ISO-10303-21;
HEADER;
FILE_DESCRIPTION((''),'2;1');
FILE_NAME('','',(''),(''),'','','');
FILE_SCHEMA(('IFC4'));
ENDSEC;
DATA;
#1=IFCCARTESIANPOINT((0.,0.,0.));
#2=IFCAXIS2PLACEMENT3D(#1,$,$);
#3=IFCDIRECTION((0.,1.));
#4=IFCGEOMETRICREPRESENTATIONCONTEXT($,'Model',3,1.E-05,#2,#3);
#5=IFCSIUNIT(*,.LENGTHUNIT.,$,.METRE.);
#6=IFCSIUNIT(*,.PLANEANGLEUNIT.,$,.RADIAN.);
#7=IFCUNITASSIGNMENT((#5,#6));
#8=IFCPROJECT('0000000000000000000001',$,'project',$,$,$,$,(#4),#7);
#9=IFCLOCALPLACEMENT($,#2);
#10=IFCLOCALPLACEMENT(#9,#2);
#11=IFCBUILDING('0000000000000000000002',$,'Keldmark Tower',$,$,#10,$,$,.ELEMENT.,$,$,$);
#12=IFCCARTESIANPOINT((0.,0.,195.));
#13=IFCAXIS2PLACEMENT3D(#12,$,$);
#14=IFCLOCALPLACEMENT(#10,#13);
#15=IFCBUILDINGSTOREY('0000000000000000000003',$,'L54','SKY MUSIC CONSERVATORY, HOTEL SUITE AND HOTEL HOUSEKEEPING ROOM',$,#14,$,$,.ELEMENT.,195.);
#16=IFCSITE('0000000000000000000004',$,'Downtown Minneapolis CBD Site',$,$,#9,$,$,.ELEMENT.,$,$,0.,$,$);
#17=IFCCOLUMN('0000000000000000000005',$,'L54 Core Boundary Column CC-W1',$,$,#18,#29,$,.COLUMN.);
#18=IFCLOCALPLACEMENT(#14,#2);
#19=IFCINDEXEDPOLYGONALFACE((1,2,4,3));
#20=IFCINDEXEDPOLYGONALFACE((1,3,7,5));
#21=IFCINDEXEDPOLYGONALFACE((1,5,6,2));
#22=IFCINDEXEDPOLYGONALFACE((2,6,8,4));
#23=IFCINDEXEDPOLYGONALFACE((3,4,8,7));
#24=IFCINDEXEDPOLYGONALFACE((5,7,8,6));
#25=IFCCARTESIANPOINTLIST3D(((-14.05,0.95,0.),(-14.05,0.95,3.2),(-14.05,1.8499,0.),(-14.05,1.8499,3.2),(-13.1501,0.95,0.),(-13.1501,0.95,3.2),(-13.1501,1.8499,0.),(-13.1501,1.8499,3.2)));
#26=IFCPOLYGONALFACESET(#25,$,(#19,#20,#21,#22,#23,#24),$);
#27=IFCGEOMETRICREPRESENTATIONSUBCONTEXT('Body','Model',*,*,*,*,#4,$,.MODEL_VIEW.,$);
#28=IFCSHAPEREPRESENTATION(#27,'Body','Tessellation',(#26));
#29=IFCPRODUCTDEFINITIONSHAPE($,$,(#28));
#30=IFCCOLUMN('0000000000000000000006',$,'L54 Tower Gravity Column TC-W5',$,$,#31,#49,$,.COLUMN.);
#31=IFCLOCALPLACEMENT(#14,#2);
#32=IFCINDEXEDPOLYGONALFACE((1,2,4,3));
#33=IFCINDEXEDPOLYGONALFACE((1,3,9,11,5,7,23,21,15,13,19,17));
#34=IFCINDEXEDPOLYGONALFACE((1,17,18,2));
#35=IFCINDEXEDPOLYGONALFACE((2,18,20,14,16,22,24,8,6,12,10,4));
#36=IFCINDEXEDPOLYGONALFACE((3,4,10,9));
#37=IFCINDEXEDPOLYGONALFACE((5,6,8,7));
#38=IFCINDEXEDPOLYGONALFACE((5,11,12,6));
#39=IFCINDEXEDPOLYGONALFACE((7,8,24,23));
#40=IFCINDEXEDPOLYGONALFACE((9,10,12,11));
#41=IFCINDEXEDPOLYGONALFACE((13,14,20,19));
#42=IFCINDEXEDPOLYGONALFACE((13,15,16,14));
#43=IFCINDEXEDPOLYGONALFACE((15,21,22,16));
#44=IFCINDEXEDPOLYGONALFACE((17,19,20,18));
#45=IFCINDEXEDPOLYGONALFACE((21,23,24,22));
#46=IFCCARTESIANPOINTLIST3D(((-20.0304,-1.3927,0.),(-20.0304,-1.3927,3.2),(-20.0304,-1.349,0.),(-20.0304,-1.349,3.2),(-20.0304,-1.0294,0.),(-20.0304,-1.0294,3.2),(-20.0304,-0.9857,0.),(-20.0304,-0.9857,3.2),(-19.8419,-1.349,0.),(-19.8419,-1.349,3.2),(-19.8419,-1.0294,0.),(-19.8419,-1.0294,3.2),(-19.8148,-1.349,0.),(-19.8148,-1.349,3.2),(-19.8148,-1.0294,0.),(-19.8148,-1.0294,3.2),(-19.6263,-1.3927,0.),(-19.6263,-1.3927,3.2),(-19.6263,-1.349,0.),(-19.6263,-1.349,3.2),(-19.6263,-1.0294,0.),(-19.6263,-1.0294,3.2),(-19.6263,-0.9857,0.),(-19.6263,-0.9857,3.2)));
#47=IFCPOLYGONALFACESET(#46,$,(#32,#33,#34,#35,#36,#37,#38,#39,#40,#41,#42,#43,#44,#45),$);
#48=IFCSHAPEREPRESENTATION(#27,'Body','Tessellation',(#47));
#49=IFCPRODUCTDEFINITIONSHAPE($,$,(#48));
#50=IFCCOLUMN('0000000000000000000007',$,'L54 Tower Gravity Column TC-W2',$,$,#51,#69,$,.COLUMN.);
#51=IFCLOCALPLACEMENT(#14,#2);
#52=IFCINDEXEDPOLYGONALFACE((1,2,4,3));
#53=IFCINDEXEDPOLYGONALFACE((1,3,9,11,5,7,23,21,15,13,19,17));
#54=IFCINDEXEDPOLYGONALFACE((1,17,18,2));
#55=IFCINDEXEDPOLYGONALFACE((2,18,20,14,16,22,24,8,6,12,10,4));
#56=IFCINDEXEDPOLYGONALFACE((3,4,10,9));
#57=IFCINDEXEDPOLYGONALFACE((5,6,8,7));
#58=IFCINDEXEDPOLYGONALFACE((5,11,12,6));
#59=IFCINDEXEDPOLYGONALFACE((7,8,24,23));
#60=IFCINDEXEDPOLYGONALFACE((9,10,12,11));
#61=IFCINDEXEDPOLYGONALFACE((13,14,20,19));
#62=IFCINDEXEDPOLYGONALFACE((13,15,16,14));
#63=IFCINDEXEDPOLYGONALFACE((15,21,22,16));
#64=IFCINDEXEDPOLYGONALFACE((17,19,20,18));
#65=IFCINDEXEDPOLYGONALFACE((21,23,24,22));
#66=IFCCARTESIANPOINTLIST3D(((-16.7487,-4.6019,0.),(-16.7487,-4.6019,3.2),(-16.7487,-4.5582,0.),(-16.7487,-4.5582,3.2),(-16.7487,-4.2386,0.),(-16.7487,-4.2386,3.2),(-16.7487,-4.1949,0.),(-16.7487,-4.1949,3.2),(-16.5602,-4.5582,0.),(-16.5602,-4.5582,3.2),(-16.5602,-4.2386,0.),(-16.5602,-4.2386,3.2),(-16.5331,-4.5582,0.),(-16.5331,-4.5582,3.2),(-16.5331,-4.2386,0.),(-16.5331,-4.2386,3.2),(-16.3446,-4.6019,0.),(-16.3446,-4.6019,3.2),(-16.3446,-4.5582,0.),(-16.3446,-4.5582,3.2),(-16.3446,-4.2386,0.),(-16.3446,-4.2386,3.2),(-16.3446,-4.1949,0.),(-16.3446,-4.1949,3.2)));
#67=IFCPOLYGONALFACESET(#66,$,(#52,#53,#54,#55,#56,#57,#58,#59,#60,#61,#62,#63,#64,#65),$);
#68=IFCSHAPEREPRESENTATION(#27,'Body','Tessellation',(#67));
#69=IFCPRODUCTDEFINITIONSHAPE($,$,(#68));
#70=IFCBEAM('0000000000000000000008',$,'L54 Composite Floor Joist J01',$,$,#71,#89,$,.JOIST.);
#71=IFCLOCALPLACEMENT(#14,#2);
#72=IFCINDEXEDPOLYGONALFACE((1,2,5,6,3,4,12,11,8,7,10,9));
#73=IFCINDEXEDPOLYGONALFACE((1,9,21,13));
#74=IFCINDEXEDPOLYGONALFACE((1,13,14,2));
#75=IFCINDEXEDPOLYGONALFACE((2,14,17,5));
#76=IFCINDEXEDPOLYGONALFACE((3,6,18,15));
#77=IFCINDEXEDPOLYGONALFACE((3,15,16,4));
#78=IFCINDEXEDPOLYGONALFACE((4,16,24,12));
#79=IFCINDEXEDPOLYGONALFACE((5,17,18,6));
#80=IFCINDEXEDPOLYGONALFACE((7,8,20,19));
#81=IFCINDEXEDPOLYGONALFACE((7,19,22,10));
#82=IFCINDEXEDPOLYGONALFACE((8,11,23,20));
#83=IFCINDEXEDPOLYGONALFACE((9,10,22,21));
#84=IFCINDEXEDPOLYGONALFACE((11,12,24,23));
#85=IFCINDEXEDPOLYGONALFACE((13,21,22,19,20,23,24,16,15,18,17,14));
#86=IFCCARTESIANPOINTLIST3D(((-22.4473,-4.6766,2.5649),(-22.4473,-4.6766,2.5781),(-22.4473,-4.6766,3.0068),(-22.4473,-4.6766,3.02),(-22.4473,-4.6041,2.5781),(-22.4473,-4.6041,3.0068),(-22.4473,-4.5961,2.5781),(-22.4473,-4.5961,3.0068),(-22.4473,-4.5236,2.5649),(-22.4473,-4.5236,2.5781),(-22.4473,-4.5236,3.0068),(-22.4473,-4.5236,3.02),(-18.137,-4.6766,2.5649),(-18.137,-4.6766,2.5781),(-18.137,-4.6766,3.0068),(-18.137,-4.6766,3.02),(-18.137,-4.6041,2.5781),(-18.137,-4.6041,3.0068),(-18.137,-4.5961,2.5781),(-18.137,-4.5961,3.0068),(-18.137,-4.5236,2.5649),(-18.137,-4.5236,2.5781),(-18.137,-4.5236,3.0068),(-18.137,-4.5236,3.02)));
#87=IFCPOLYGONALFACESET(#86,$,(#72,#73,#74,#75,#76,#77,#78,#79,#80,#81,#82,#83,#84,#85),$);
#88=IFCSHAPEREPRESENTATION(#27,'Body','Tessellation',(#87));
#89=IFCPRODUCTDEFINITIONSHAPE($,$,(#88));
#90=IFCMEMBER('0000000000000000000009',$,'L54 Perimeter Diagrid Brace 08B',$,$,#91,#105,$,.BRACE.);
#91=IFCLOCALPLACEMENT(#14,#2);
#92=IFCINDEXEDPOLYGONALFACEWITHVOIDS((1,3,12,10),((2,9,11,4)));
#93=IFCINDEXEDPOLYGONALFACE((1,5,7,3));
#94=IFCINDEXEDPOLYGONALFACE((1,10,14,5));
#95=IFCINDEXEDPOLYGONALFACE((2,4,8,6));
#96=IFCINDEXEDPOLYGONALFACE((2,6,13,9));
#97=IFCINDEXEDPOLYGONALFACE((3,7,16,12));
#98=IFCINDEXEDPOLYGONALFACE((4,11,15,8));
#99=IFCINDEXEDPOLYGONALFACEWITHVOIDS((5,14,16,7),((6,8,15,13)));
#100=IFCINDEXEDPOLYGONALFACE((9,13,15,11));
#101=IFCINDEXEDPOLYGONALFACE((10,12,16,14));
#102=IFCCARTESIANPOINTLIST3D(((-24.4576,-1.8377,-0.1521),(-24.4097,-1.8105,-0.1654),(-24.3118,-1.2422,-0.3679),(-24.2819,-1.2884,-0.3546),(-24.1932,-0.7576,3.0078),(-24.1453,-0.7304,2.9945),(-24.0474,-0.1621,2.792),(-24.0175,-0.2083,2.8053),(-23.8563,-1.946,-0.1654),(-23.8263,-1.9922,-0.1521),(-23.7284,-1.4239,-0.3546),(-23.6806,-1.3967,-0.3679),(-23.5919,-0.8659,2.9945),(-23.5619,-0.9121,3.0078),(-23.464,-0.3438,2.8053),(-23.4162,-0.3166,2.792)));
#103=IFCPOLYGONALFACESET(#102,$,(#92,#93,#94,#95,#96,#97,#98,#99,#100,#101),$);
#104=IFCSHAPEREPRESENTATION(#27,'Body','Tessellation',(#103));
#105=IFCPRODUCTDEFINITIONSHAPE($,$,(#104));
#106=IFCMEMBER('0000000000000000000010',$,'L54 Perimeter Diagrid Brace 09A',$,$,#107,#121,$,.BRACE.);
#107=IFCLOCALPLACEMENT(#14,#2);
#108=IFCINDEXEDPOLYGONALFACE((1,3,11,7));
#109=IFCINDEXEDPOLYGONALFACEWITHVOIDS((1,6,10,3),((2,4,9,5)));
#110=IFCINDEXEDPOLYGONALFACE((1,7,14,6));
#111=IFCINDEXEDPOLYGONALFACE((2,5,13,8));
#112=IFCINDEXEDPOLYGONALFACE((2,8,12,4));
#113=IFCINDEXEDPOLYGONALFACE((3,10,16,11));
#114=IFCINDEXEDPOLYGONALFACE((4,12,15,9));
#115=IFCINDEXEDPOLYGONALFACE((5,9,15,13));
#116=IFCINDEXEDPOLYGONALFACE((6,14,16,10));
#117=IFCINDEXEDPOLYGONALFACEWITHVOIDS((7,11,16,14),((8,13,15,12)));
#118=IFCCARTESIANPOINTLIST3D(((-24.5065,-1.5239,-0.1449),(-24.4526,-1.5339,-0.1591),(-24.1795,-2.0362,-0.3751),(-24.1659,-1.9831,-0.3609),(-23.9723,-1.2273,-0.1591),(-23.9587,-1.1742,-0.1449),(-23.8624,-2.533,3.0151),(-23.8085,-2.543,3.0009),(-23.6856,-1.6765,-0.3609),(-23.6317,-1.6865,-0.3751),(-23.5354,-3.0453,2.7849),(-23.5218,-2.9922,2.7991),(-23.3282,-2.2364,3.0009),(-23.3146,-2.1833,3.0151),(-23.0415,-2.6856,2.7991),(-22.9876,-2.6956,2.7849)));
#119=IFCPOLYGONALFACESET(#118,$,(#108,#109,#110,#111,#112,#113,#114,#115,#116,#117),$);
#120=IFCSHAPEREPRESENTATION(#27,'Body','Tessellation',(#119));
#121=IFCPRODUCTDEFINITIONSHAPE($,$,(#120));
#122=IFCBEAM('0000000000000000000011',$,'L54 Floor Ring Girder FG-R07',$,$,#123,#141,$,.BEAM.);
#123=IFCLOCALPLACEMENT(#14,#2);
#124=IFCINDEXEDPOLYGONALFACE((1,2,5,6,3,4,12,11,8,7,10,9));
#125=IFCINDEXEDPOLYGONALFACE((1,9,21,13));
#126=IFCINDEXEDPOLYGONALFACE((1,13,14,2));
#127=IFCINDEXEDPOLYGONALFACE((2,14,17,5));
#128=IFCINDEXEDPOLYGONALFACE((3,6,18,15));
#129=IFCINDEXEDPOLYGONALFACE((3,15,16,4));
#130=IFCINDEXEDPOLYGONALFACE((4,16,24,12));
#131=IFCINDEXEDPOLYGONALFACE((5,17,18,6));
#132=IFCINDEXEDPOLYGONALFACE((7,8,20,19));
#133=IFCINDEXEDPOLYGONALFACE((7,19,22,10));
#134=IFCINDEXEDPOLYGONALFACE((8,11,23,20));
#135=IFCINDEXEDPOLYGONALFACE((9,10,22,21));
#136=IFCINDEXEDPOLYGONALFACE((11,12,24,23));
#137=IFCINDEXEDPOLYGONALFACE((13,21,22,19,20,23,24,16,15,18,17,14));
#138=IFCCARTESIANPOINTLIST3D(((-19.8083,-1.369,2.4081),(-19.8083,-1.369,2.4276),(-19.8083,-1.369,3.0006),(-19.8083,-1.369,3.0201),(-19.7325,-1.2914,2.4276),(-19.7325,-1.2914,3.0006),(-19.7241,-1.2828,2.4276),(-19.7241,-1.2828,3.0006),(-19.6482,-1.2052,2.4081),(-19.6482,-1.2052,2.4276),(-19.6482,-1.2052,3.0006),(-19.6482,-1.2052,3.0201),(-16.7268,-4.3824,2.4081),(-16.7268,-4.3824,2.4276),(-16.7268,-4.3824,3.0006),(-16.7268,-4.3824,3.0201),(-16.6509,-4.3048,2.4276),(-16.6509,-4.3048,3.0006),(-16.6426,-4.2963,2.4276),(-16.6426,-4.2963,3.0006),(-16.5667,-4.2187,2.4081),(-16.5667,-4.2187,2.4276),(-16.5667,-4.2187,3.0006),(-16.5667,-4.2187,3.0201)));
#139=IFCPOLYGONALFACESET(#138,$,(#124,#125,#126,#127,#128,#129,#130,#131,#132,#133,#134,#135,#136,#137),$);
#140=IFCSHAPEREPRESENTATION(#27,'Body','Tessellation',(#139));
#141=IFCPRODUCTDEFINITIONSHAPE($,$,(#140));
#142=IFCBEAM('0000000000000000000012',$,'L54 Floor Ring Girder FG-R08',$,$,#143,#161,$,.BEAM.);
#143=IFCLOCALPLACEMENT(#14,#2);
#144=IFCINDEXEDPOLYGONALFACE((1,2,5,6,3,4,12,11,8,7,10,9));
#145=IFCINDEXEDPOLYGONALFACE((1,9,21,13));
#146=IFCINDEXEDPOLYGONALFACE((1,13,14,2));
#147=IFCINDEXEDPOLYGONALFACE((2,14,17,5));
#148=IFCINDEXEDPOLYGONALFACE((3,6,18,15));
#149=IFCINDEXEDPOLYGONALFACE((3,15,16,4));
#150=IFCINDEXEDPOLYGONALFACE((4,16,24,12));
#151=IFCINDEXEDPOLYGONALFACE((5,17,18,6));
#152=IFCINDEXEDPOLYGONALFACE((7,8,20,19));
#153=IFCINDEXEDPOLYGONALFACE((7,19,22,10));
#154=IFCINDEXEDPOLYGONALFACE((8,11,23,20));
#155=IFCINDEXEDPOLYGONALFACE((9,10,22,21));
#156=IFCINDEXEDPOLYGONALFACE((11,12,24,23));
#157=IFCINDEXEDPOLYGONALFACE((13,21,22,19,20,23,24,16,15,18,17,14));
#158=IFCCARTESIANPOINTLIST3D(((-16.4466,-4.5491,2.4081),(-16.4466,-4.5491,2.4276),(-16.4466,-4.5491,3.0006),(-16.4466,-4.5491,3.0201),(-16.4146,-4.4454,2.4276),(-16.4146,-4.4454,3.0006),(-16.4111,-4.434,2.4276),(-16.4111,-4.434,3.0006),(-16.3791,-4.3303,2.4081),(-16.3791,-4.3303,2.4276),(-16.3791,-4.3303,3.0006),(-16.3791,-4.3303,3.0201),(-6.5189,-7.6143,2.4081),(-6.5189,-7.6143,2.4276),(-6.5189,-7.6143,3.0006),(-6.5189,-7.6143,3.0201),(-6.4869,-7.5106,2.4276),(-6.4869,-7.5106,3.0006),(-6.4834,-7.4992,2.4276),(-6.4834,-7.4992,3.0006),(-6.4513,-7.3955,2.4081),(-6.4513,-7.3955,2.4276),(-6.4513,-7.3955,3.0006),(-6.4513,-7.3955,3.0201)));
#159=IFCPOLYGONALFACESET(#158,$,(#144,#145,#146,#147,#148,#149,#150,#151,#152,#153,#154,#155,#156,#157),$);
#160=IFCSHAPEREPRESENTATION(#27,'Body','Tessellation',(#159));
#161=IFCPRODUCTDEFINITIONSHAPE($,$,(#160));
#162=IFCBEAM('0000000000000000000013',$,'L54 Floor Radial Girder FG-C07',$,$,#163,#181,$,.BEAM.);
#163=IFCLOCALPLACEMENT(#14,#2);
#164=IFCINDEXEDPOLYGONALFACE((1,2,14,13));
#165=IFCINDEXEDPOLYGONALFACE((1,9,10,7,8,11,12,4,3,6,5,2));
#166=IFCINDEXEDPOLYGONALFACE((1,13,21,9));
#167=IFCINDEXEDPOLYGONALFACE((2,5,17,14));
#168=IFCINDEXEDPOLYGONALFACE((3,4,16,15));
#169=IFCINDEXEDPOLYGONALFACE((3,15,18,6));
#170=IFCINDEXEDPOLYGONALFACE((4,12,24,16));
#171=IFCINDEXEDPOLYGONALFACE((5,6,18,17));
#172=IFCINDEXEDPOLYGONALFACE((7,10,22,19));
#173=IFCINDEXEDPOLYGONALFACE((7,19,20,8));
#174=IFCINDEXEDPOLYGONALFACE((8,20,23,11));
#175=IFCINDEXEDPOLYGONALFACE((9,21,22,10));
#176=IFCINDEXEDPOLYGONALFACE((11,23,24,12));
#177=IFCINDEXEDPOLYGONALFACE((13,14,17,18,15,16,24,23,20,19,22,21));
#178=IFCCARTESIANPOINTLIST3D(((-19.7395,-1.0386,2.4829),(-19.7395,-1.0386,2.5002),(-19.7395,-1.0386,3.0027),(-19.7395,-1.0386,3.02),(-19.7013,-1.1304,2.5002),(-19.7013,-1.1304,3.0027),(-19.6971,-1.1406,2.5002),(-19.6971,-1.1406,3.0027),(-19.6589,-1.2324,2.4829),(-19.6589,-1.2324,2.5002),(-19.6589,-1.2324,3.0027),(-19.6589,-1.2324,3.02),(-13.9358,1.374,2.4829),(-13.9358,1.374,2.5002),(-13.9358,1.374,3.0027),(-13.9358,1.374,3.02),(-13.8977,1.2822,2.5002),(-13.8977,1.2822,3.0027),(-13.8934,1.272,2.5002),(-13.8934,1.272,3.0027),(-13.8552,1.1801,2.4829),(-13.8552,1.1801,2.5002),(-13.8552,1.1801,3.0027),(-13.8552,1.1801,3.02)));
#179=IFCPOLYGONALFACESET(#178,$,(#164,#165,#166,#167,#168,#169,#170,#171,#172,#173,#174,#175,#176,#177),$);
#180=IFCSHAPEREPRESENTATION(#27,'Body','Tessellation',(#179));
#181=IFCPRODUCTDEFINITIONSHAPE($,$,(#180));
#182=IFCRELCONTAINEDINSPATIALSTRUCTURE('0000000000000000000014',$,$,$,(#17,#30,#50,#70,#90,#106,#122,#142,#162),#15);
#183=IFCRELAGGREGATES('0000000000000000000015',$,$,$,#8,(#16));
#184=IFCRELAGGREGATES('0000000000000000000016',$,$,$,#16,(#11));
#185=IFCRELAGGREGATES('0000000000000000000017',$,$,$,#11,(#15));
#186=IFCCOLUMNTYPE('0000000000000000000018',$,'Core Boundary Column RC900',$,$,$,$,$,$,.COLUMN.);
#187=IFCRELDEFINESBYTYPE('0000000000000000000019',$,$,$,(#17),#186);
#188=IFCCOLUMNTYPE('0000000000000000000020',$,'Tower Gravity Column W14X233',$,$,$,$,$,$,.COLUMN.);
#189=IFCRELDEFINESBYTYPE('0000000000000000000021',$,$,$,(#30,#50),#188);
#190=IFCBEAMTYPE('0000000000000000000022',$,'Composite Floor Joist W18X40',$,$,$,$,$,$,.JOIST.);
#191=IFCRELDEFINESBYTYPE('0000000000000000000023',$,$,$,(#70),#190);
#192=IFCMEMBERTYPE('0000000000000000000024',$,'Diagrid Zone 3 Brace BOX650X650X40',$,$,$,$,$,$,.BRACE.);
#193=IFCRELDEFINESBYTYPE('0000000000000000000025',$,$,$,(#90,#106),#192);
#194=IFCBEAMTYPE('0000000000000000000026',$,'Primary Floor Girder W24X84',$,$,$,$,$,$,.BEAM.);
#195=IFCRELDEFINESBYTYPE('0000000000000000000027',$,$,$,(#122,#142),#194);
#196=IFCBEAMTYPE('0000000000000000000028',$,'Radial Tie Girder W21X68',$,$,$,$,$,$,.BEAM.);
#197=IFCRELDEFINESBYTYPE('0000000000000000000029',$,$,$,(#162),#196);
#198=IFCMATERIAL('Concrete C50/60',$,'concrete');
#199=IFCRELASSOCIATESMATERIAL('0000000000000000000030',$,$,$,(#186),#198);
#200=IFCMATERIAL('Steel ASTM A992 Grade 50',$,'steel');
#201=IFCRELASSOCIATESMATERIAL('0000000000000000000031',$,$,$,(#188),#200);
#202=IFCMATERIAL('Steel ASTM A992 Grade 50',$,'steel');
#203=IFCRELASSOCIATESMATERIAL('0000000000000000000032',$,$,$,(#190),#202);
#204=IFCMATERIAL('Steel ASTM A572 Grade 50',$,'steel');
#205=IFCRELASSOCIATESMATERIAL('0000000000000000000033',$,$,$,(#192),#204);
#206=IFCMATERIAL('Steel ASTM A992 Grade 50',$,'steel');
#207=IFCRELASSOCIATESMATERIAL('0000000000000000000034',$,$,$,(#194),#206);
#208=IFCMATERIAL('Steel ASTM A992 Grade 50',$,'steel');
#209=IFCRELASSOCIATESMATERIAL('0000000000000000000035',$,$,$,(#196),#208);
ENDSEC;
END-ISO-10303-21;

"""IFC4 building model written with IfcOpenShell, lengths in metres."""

from ifc_helpers import new_model, si_unit, direction, frame, origin, origin_2d, place, context, subcontext, project, spatial, rectangle, hollow_rectangle, i_section, extrude, material, material_profile, profile_set, type_object, element, save


model = new_model("IFC4")

# Units and contexts
model_context = context("Model", 3, precision=1e-05, world=origin(), true_north=direction((0.0, 1.0)))
body_context = subcontext(model_context, "Body", "Model", "MODEL_VIEW")
ifc_project = project(units=[si_unit("LENGTHUNIT", "METRE"), si_unit("PLANEANGLEUNIT", "RADIAN")], contexts=[model_context])

# Site, building, storey
site_placement = place(None, origin())
site = spatial("IfcSite", under=ifc_project, at=site_placement, Name="Downtown Minneapolis CBD Site", CompositionType="ELEMENT", RefElevation=0.0)
building_placement = place(site_placement, origin())
building = spatial("IfcBuilding", under=site, at=building_placement, Name="Keldmark Tower", CompositionType="ELEMENT")
storey_placement = place(building_placement, frame((0.0, 0.0, 195.0)))
storey = spatial("IfcBuildingStorey", under=building, at=storey_placement, Name="L54", Description="SKY MUSIC CONSERVATORY, HOTEL SUITE AND HOTEL HOUSEKEEPING ROOM", CompositionType="ELEMENT", Elevation=195.0)

# Columns
ifc_material_1 = material(Name="Concrete C50/60", Category="concrete")
ifc_material_profile_1 = material_profile(ifc_material_1, rectangle(XDim=0.8999, YDim=0.8999, at=origin_2d()), Name="RC900X900")
ifc_profile_set_1 = profile_set([ifc_material_profile_1], Name="Concrete C50/60")
column_type_1 = type_object("IfcColumnType", Name="Core Boundary Column RC900", PredefinedType="COLUMN", material=ifc_profile_set_1)
column_placement = place(storey_placement, frame((-13.6001, 1.3999, 0.0), z_axis=(0.0, 0.0, 1.0), x_axis=(1.0, 0.0, 0.0)))
element("IfcColumn", 1, at=column_placement, inside=storey, type_object=column_type_1, Name="L54 Core Boundary Column CC-W1", PredefinedType="COLUMN", context=body_context, shape_type="SweptSolid", body=[
    extrude(rectangle(XDim=0.8999, YDim=0.8999, at=origin_2d()), origin(), (0.0, 0.0, 1.0), 3.2),
])
ifc_material_2 = material(Name="Steel ASTM A992 Grade 50", Category="steel")
ifc_material_profile_2 = material_profile(ifc_material_2, i_section(OverallWidth=0.4041, OverallDepth=0.407, WebThickness=0.0271, FlangeThickness=0.0437, at=origin_2d()), Name="W14X233")
ifc_profile_set_2 = profile_set([ifc_material_profile_2], Name="Steel ASTM A992 Grade 50")
column_type_2 = type_object("IfcColumnType", Name="Tower Gravity Column W14X233", PredefinedType="COLUMN", material=ifc_profile_set_2)
for number, where, z_axis, x_axis, name in (
    (2, (-19.8284, -1.1892, 0.0), (0.0, 0.0, 1.0), (1.0, 0.0, 0.0), "L54 Tower Gravity Column TC-W5"),
    (3, (-16.5466, -4.3984, 0.0), (0.0, 0.0, 1.0), (1.0, 0.0, 0.0), "L54 Tower Gravity Column TC-W2"),
):
    element("IfcColumn", number, at=place(storey_placement, frame(where, z_axis=z_axis, x_axis=x_axis)), inside=storey, type_object=column_type_2, Name=name, PredefinedType="COLUMN", context=body_context, shape_type="SweptSolid", body=[
        extrude(i_section(OverallWidth=0.4041, OverallDepth=0.407, WebThickness=0.0271, FlangeThickness=0.0437, at=origin_2d()), origin(), (0.0, 0.0, 1.0), 3.2),
    ])

# Beam
ifc_material_3 = material(Name="Steel ASTM A992 Grade 50", Category="steel")
ifc_material_profile_3 = material_profile(ifc_material_3, i_section(OverallWidth=0.1531, OverallDepth=0.4551, WebThickness=0.0081, FlangeThickness=0.0132, at=origin_2d()), Name="W18X40")
ifc_profile_set_3 = profile_set([ifc_material_profile_3], Name="Steel ASTM A992 Grade 50")
beam_type_1 = type_object("IfcBeamType", Name="Composite Floor Joist W18X40", PredefinedType="JOIST", material=ifc_profile_set_3)
beam_1_placement = place(storey_placement, frame((-22.4473, -4.6001, 2.7925), z_axis=(1.0, 0.0, 0.0), x_axis=(0.0, 1.0, 0.0)))
element("IfcBeam", 4, at=beam_1_placement, inside=storey, type_object=beam_type_1, Name="L54 Composite Floor Joist J01", PredefinedType="JOIST", context=body_context, shape_type="SweptSolid", body=[
    extrude(i_section(OverallWidth=0.1531, OverallDepth=0.4551, WebThickness=0.0081, FlangeThickness=0.0132, at=origin_2d()), origin(), (0.0, 0.0, 1.0), 4.3103),
])

# Members
ifc_material_4 = material(Name="Steel ASTM A572 Grade 50", Category="steel")
ifc_material_profile_4 = material_profile(ifc_material_4, hollow_rectangle(XDim=0.6499, YDim=0.6499, WallThickness=0.04, at=origin_2d()), Name="BOX650X650X40")
ifc_profile_set_4 = profile_set([ifc_material_profile_4], Name="Steel ASTM A572 Grade 50")
member_type = type_object("IfcMemberType", Name="Diagrid Zone 3 Brace BOX650X650X40", PredefinedType="BRACE", material=ifc_profile_set_4)
member_1_placement = place(storey_placement, frame((-24.0691, -1.6172, -0.26), z_axis=(0.07893, 0.322425, 0.943298), x_axis=(-0.971319, 0.23778, 0.0)))
element("IfcMember", 5, at=member_1_placement, inside=storey, type_object=member_type, Name="L54 Perimeter Diagrid Brace 08B", PredefinedType="BRACE", context=body_context, shape_type="SweptSolid", body=[
    extrude(hollow_rectangle(XDim=0.6499, YDim=0.6499, WallThickness=0.04, at=origin_2d()), origin(), (0.0, 0.0, 1.0), 3.3499),
])
member_2_placement = place(storey_placement, frame((-24.0691, -1.6052, -0.26), z_axis=(0.190599, -0.298614, 0.935148), x_axis=(0.84293, 0.538023, 0.0)))
element("IfcMember", 6, at=member_2_placement, inside=storey, type_object=member_type, Name="L54 Perimeter Diagrid Brace 09A", PredefinedType="BRACE", context=body_context, shape_type="SweptSolid", body=[
    extrude(hollow_rectangle(XDim=0.6499, YDim=0.6499, WallThickness=0.04, at=origin_2d()), origin(), (0.0, 0.0, 1.0), 3.3792),
])

# Beams
ifc_material_5 = material(Name="Steel ASTM A992 Grade 50", Category="steel")
ifc_material_profile_5 = material_profile(ifc_material_5, i_section(OverallWidth=0.229, OverallDepth=0.6121, WebThickness=0.012, FlangeThickness=0.0195, at=origin_2d()), Name="W24X84")
ifc_profile_set_5 = profile_set([ifc_material_profile_5], Name="Steel ASTM A992 Grade 50")
beam_type_2 = type_object("IfcBeamType", Name="Primary Floor Girder W24X84", PredefinedType="BEAM", material=ifc_profile_set_5)
beam_2_placement = place(storey_placement, frame((-19.7283, -1.2871, 2.7141), z_axis=(0.714965, -0.699161, 0.0), x_axis=(0.699161, 0.714965, 0.0)))
element("IfcBeam", 7, at=beam_2_placement, inside=storey, type_object=beam_type_2, Name="L54 Floor Ring Girder FG-R07", PredefinedType="BEAM", context=body_context, shape_type="SweptSolid", body=[
    extrude(i_section(OverallWidth=0.229, OverallDepth=0.6121, WebThickness=0.012, FlangeThickness=0.0195, at=origin_2d()), origin(), (0.0, 0.0, 1.0), 4.3101),
])
beam_3_placement = place(storey_placement, frame((-16.4128, -4.4397, 2.7141), z_axis=(0.955495, -0.295009, 0.0), x_axis=(0.295009, 0.955495, 0.0)))
element("IfcBeam", 8, at=beam_3_placement, inside=storey, type_object=beam_type_2, Name="L54 Floor Ring Girder FG-R08", PredefinedType="BEAM", context=body_context, shape_type="SweptSolid", body=[
    extrude(i_section(OverallWidth=0.229, OverallDepth=0.6121, WebThickness=0.012, FlangeThickness=0.0195, at=origin_2d()), origin(), (0.0, 0.0, 1.0), 10.3901),
])
ifc_material_6 = material(Name="Steel ASTM A992 Grade 50", Category="steel")
ifc_material_profile_6 = material_profile(ifc_material_6, i_section(OverallWidth=0.21, OverallDepth=0.5371, WebThickness=0.011, FlangeThickness=0.0173, at=origin_2d()), Name="W21X68")
ifc_profile_set_6 = profile_set([ifc_material_profile_6], Name="Steel ASTM A992 Grade 50")
beam_type_3 = type_object("IfcBeamType", Name="Radial Tie Girder W21X68", PredefinedType="BEAM", material=ifc_profile_set_6)
beam_4_placement = place(storey_placement, frame((-19.6992, -1.1355, 2.7515), z_axis=(0.923394, 0.383854, 0.0), x_axis=(-0.383854, 0.923394, 0.0)))
element("IfcBeam", 9, at=beam_4_placement, inside=storey, type_object=beam_type_3, Name="L54 Floor Radial Girder FG-C07", PredefinedType="BEAM", context=body_context, shape_type="SweptSolid", body=[
    extrude(i_section(OverallWidth=0.21, OverallDepth=0.5371, WebThickness=0.011, FlangeThickness=0.0173, at=origin_2d()), origin(), (0.0, 0.0, 1.0), 6.2852),
])

save(model, "model.ifc")
